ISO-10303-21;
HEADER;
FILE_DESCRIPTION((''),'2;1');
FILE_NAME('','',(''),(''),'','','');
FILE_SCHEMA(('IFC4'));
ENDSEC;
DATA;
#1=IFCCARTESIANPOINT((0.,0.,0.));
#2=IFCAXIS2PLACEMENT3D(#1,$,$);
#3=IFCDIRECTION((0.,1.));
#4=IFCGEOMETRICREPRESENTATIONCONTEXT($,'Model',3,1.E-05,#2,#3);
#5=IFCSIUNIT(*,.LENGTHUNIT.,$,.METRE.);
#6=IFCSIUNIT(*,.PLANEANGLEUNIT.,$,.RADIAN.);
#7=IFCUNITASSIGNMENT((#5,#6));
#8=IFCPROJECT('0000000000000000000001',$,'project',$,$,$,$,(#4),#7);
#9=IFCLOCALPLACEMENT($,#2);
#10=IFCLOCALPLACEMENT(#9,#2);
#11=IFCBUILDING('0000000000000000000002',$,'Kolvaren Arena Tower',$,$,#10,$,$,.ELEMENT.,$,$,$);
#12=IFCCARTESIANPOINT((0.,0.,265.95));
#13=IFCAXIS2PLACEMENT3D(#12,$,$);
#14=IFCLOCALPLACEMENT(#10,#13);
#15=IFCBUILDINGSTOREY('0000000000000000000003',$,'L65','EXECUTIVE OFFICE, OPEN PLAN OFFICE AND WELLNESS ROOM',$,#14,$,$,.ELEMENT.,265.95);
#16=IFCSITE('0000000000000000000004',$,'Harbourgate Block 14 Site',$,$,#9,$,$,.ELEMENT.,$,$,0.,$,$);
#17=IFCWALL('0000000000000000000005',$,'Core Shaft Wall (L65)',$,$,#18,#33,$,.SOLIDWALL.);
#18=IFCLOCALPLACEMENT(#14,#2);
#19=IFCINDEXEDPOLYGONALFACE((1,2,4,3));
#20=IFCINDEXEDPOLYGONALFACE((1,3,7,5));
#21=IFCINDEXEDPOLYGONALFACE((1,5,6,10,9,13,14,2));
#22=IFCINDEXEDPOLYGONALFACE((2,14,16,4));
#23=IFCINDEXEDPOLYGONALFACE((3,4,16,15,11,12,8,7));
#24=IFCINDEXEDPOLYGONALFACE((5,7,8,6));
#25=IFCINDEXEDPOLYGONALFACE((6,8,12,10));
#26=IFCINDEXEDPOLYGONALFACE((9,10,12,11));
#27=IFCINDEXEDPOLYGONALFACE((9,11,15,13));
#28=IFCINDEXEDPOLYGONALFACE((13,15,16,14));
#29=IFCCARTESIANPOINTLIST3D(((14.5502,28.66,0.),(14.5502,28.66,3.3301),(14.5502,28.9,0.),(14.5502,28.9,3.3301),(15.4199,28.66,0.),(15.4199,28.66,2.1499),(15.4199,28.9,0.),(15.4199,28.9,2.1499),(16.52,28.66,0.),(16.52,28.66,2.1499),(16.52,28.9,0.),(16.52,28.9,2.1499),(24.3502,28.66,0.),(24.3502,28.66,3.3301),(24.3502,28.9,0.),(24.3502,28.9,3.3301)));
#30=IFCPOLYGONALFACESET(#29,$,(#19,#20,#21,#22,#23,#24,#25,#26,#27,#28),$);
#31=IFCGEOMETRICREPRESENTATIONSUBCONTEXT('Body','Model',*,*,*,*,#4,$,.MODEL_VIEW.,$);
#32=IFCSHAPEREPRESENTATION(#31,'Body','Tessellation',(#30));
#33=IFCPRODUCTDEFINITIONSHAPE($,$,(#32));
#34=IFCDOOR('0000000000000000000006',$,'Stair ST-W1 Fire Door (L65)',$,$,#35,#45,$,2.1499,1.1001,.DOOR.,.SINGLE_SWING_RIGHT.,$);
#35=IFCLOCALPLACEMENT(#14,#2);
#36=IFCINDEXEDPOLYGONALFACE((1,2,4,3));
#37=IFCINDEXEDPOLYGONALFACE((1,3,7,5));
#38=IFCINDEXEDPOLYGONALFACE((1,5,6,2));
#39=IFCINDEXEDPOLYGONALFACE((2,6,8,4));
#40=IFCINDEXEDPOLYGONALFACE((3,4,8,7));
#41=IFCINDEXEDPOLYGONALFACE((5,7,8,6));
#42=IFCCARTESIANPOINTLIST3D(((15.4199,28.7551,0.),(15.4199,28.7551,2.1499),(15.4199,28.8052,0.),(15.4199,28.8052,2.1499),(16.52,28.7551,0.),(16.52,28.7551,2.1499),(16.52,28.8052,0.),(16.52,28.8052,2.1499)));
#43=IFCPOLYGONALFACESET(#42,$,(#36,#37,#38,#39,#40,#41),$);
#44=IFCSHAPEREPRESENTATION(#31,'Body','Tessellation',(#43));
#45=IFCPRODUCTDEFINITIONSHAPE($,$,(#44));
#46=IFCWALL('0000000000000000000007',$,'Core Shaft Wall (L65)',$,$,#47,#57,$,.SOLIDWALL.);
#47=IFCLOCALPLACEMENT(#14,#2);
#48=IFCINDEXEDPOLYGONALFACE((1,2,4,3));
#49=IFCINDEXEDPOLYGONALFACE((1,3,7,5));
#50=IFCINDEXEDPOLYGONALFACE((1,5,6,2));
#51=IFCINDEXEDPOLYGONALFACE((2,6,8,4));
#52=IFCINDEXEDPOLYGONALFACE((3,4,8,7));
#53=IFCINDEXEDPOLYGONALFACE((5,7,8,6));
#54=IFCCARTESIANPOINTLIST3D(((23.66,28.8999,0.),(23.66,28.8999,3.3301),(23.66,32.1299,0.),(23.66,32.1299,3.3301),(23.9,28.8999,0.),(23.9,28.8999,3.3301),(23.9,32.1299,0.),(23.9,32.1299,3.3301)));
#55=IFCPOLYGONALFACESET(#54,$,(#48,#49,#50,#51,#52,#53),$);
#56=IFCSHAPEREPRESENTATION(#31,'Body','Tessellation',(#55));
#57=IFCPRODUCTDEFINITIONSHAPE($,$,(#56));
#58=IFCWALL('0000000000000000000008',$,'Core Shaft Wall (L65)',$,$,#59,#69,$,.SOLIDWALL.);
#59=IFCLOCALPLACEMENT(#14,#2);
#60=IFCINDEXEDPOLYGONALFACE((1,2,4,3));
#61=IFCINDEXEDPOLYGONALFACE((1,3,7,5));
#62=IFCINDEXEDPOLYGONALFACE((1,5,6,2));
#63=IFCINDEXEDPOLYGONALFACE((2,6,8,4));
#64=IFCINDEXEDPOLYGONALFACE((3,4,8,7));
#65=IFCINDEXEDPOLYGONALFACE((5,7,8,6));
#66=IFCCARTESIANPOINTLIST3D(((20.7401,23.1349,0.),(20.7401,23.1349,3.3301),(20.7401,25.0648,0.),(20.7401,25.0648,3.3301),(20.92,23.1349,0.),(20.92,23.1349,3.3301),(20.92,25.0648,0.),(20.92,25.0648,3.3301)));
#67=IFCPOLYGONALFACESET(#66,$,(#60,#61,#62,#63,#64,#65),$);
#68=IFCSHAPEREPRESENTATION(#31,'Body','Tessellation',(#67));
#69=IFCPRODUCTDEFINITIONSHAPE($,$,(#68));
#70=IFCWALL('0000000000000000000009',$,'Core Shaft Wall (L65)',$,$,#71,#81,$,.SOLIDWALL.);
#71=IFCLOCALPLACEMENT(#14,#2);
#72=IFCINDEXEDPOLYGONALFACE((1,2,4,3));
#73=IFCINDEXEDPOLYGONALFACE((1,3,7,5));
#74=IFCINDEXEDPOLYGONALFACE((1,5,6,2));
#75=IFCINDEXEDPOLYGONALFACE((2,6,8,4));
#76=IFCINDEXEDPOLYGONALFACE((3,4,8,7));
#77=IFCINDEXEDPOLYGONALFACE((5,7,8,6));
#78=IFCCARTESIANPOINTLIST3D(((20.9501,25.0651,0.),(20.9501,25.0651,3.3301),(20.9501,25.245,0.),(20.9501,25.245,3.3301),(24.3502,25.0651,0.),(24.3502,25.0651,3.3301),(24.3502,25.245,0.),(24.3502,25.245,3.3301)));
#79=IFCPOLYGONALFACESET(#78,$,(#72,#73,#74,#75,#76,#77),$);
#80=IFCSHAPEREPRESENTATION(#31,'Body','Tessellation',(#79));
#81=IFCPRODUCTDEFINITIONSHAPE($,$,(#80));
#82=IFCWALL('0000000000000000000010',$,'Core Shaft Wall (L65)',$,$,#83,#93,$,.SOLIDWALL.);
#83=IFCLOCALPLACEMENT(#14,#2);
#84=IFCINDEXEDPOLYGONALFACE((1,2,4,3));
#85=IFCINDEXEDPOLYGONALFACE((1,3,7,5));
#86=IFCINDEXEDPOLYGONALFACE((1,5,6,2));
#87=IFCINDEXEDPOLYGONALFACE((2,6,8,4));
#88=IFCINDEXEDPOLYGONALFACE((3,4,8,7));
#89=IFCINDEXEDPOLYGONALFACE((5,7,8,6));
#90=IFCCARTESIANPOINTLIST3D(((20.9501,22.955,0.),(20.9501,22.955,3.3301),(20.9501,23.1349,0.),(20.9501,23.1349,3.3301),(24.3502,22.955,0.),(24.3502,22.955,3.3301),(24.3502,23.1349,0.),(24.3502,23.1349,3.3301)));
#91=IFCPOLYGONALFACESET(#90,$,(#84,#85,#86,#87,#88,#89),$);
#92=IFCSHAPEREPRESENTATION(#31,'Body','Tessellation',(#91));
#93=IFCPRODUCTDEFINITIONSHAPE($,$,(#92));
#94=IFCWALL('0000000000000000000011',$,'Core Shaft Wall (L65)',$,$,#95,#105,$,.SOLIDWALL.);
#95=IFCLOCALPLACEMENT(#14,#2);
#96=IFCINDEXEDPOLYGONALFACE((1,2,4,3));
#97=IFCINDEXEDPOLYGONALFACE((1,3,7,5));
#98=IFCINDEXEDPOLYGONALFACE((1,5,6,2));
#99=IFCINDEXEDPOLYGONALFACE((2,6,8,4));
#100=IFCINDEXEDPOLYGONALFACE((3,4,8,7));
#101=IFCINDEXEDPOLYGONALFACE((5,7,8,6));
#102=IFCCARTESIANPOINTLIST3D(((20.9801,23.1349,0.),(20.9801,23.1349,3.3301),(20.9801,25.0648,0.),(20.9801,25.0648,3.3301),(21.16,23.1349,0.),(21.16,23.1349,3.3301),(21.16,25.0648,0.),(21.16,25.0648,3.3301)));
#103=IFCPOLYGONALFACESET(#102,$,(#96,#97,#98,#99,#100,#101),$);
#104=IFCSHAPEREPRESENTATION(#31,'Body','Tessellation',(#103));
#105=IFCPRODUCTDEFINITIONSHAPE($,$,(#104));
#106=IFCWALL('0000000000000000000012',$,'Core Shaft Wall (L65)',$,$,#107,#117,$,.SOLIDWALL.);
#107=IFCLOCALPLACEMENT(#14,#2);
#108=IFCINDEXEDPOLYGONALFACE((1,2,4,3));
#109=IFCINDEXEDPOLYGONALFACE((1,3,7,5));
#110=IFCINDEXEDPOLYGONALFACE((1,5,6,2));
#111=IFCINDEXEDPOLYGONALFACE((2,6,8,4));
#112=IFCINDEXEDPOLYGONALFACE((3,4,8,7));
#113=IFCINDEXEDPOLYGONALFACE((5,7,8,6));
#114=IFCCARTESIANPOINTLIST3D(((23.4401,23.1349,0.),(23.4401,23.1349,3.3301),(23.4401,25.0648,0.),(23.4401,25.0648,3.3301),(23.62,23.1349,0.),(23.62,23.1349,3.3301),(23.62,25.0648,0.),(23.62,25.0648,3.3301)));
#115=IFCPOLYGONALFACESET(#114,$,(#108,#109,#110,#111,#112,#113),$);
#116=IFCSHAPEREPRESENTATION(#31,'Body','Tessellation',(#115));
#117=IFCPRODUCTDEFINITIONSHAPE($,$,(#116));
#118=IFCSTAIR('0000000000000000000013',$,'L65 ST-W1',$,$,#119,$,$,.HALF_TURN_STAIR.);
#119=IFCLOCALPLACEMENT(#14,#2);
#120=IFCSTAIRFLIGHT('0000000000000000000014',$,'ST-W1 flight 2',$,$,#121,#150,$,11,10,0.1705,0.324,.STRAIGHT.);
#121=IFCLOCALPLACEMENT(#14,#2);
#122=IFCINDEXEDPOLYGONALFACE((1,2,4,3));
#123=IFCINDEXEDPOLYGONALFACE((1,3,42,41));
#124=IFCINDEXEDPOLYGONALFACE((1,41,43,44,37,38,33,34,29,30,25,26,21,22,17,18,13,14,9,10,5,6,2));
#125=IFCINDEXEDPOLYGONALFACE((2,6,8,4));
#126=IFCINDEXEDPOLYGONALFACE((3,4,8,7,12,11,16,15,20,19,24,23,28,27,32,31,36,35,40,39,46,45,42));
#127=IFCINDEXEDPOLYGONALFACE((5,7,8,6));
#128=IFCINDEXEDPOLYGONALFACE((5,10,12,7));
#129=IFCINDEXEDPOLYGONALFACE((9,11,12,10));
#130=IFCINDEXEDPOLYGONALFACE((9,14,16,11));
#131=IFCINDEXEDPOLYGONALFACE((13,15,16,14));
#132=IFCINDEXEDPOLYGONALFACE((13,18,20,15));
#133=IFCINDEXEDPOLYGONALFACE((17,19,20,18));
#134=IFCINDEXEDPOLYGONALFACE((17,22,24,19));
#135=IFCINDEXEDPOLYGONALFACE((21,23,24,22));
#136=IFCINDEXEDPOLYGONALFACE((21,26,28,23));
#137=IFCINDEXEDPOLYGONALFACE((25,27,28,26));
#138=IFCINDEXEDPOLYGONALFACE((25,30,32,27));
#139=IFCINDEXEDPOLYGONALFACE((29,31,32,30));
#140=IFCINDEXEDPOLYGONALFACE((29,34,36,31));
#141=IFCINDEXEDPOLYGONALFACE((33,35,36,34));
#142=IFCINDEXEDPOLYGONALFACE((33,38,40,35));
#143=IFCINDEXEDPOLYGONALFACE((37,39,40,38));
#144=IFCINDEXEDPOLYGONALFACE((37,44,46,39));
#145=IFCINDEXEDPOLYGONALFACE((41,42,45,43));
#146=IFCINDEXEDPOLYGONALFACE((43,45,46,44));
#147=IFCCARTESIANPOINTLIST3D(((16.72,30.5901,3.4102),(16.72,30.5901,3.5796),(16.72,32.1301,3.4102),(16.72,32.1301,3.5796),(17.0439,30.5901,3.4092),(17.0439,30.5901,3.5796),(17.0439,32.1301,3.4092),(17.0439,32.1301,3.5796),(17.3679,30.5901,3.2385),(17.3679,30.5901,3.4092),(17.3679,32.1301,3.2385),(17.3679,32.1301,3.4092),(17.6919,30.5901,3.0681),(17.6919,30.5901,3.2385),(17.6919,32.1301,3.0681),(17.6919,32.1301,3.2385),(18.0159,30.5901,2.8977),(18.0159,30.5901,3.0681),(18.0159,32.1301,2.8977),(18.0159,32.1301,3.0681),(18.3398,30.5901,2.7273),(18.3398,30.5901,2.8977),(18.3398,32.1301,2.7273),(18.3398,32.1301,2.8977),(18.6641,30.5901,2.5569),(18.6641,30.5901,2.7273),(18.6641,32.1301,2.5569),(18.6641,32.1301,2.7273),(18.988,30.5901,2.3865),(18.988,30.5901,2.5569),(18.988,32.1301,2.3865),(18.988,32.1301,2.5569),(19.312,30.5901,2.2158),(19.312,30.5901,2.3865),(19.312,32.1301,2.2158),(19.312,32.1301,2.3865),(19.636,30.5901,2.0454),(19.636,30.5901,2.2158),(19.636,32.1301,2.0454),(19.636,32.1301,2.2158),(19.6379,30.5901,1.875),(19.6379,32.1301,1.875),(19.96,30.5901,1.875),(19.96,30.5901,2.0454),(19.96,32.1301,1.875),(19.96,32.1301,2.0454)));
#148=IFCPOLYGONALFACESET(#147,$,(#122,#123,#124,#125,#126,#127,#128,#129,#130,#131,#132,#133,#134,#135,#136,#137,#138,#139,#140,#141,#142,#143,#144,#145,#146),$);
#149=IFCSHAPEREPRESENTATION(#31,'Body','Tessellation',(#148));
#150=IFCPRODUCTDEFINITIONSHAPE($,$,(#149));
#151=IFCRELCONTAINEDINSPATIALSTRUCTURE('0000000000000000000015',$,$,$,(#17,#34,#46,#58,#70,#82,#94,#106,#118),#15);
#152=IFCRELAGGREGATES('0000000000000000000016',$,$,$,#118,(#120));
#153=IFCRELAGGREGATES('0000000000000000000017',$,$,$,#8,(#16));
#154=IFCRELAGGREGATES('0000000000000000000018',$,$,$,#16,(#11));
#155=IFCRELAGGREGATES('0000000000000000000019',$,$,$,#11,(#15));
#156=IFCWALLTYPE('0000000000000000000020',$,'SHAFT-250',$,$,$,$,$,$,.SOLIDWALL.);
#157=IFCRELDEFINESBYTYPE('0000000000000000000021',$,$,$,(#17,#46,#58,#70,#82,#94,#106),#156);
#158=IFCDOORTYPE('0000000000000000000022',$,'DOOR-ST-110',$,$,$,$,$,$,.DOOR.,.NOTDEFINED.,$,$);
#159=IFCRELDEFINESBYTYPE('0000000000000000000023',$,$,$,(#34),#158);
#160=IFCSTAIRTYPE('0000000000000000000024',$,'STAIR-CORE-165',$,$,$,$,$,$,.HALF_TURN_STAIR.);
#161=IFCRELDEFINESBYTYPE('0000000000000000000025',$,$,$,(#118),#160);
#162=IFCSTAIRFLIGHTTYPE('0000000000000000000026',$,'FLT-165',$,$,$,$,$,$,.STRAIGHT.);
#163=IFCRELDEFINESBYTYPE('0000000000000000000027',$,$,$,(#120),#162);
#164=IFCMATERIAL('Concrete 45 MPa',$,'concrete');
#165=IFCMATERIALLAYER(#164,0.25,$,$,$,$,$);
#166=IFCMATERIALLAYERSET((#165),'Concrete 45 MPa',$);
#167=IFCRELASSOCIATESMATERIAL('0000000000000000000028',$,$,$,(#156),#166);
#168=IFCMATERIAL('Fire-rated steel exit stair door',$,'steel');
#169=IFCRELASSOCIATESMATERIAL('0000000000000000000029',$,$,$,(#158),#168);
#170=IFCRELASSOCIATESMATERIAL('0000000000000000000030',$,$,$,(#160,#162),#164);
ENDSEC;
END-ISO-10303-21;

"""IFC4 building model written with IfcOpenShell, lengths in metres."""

from ifc_helpers import new_model, si_unit, direction, frame, frame_2d, origin, place, context, subcontext, project, spatial, polyline, rectangle, outline, extrude, material, layer, layer_set, type_object, element, fill, aggregate, save


model = new_model("IFC4")

# Units and contexts
model_context = context("Model", 3, precision=1e-05, world=origin(), true_north=direction((0.0, 1.0)))
body_context = subcontext(model_context, "Body", "Model", "MODEL_VIEW")
ifc_project = project(units=[si_unit("LENGTHUNIT", "METRE"), si_unit("PLANEANGLEUNIT", "RADIAN")], contexts=[model_context])

# Site, building, storey
site_placement = place(None, origin())
site = spatial("IfcSite", under=ifc_project, at=site_placement, Name="Harbourgate Block 14 Site", CompositionType="ELEMENT", RefElevation=0.0)
building_placement = place(site_placement, origin())
building = spatial("IfcBuilding", under=site, at=building_placement, Name="Kolvaren Arena Tower", CompositionType="ELEMENT")
storey_placement = place(building_placement, frame((0.0, 0.0, 265.95)))
storey = spatial("IfcBuildingStorey", under=building, at=storey_placement, Name="L65", Description="EXECUTIVE OFFICE, OPEN PLAN OFFICE AND WELLNESS ROOM", CompositionType="ELEMENT", Elevation=265.95)

# Wall, opening, door
ifc_material_1 = material(Name="Concrete 45 MPa", Category="concrete")
ifc_layer = layer(ifc_material_1, 0.25)
ifc_layer_set = layer_set([ifc_layer], Name="Concrete 45 MPa")
wall_type = type_object("IfcWallType", Name="SHAFT-250", PredefinedType="SOLIDWALL", material=ifc_layer_set)
wall_1_placement = place(storey_placement, frame((24.3501, 28.78, 0.0), z_axis=(0.0, 0.0, 1.0), x_axis=(-1.0, 0.0, 0.0)))
wall_1 = element("IfcWall", 1, at=wall_1_placement, inside=storey, type_object=wall_type, Name="Core Shaft Wall (L65)", PredefinedType="SOLIDWALL", context=body_context, shape_type="SweptSolid", body=[
    extrude(rectangle(XDim=9.8, YDim=0.24, at=frame_2d((4.8999, 0.0))), origin(), (0.0, 0.0, 1.0), 3.3301),
])
opening_placement = place(wall_1_placement, frame((7.8301, 0.0, 0.0)))
opening = element("IfcOpeningElement", 2, at=opening_placement, cuts=wall_1, PredefinedType="OPENING", context=body_context, shape_type="SweptSolid", body=[
    extrude(rectangle(XDim=1.1001, YDim=2.1499, at=frame_2d((0.55, 1.075))), frame((0.0, 0.1299, 0.0), z_axis=(0.0, -1.0, 0.0), x_axis=(1.0, 0.0, 0.0)), (0.0, 0.0, 1.0), 0.26),
])
ifc_material_2 = material(Name="Fire-rated steel exit stair door", Category="steel")
door_type = type_object("IfcDoorType", Name="DOOR-ST-110", OperationType="NOTDEFINED", PredefinedType="DOOR", material=ifc_material_2)
door_placement = place(opening_placement, origin())
door = element("IfcDoor", 3, at=door_placement, inside=storey, type_object=door_type, Name="Stair ST-W1 Fire Door (L65)", OperationType="SINGLE_SWING_RIGHT", OverallHeight=2.1499, OverallWidth=1.1001, PredefinedType="DOOR", context=body_context, shape_type="SweptSolid", body=[
    extrude(rectangle(XDim=1.1001, YDim=2.1499, at=frame_2d((0.55, 1.075))), frame((0.0, 0.0249, 0.0), z_axis=(0.0, -1.0, 0.0), x_axis=(1.0, 0.0, 0.0)), (0.0, 0.0, 1.0), 0.05),
])
fill(opening, door)

# Walls
wall_2_placement = place(storey_placement, frame((23.78, 28.8999, 0.0), z_axis=(0.0, 0.0, 1.0), x_axis=(0.0, 1.0, 0.0)))
element("IfcWall", 4, at=wall_2_placement, inside=storey, type_object=wall_type, Name="Core Shaft Wall (L65)", PredefinedType="SOLIDWALL", context=body_context, shape_type="SweptSolid", body=[
    extrude(rectangle(XDim=3.23, YDim=0.24, at=frame_2d((1.615, 0.0))), origin(), (0.0, 0.0, 1.0), 3.3301),
])
wall_3_placement = place(storey_placement, frame((20.8301, 23.135, 0.0), z_axis=(0.0, 0.0, 1.0), x_axis=(0.0, 1.0, 0.0)))
element("IfcWall", 5, at=wall_3_placement, inside=storey, type_object=wall_type, Name="Core Shaft Wall (L65)", PredefinedType="SOLIDWALL", context=body_context, shape_type="SweptSolid", body=[
    extrude(rectangle(XDim=1.9299, YDim=0.1799, at=frame_2d((0.9648, 0.0))), origin(), (0.0, 0.0, 1.0), 3.3301),
])
for number, where, z_axis, x_axis, name in (
    (6, (20.95, 25.155, 0.0), (0.0, 0.0, 1.0), (1.0, 0.0, 0.0), "Core Shaft Wall (L65)"),
    (7, (20.95, 23.0449, 0.0), (0.0, 0.0, 1.0), (1.0, 0.0, 0.0), "Core Shaft Wall (L65)"),
):
    element("IfcWall", number, at=place(storey_placement, frame(where, z_axis=z_axis, x_axis=x_axis)), inside=storey, type_object=wall_type, Name=name, PredefinedType="SOLIDWALL", context=body_context, shape_type="SweptSolid", body=[
        extrude(rectangle(XDim=3.4001, YDim=0.1799, at=frame_2d((1.7002, 0.0))), origin(), (0.0, 0.0, 1.0), 3.3301),
    ])
for number, where, z_axis, x_axis, name in (
    (8, (21.0701, 23.135, 0.0), (0.0, 0.0, 1.0), (0.0, 1.0, 0.0), "Core Shaft Wall (L65)"),
    (9, (23.53, 23.135, 0.0), (0.0, 0.0, 1.0), (0.0, 1.0, 0.0), "Core Shaft Wall (L65)"),
):
    element("IfcWall", number, at=place(storey_placement, frame(where, z_axis=z_axis, x_axis=x_axis)), inside=storey, type_object=wall_type, Name=name, PredefinedType="SOLIDWALL", context=body_context, shape_type="SweptSolid", body=[
        extrude(rectangle(XDim=1.9299, YDim=0.1799, at=frame_2d((0.9648, 0.0))), origin(), (0.0, 0.0, 1.0), 3.3301),
    ])

# Stair, stair flight
stair_type = type_object("IfcStairType", Name="STAIR-CORE-165", PredefinedType="HALF_TURN_STAIR", material=ifc_material_1)
stair_placement = place(storey_placement, origin())
stair = element("IfcStair", 10, at=stair_placement, inside=storey, type_object=stair_type, Name="L65 ST-W1", PredefinedType="HALF_TURN_STAIR")
stair_flight_type = type_object("IfcStairFlightType", Name="FLT-165", PredefinedType="STRAIGHT", material=ifc_material_1)
stair_flight_placement = place(storey_placement, frame((19.96, 31.3601, 1.875), z_axis=(0.0, 0.0, 1.0), x_axis=(-1.0, 0.0, 0.0)))
stair_flight = element("IfcStairFlight", 11, at=stair_flight_placement, type_object=stair_flight_type, Name="ST-W1 flight 2", NumberOfRisers=11, NumberOfTreads=10, PredefinedType="STRAIGHT", RiserHeight=0.1705, TreadLength=0.324, context=body_context, shape_type="SweptSolid", body=[
    extrude(outline(polyline([(0.0, 0.0), (0.0, 0.1704), (0.324, 0.1704), (0.324, 0.3408), (0.6479, 0.3408), (0.6479, 0.5115), (0.9719, 0.5115), (0.9719, 0.6819), (1.2959, 0.6819), (1.2959, 0.8523), (1.6201, 0.8523), (1.6201, 1.0227), (1.9441, 1.0227), (1.9441, 1.1931), (2.2681, 1.1931), (2.2681, 1.3635), (2.592, 1.3635), (2.592, 1.5342), (2.916, 1.5342), (2.916, 1.7046), (3.24, 1.7046), (3.24, 1.875), (3.24, 1.5352), (0.322, 0.0), (0.0, 0.0)])), frame((0.0, 0.77, 0.0), z_axis=(0.0, -1.0, 0.0), x_axis=(1.0, 0.0, 0.0)), (0.0, 0.0, 1.0), 1.54),
])
aggregate(stair, [stair_flight])

save(model, "model.ifc")
